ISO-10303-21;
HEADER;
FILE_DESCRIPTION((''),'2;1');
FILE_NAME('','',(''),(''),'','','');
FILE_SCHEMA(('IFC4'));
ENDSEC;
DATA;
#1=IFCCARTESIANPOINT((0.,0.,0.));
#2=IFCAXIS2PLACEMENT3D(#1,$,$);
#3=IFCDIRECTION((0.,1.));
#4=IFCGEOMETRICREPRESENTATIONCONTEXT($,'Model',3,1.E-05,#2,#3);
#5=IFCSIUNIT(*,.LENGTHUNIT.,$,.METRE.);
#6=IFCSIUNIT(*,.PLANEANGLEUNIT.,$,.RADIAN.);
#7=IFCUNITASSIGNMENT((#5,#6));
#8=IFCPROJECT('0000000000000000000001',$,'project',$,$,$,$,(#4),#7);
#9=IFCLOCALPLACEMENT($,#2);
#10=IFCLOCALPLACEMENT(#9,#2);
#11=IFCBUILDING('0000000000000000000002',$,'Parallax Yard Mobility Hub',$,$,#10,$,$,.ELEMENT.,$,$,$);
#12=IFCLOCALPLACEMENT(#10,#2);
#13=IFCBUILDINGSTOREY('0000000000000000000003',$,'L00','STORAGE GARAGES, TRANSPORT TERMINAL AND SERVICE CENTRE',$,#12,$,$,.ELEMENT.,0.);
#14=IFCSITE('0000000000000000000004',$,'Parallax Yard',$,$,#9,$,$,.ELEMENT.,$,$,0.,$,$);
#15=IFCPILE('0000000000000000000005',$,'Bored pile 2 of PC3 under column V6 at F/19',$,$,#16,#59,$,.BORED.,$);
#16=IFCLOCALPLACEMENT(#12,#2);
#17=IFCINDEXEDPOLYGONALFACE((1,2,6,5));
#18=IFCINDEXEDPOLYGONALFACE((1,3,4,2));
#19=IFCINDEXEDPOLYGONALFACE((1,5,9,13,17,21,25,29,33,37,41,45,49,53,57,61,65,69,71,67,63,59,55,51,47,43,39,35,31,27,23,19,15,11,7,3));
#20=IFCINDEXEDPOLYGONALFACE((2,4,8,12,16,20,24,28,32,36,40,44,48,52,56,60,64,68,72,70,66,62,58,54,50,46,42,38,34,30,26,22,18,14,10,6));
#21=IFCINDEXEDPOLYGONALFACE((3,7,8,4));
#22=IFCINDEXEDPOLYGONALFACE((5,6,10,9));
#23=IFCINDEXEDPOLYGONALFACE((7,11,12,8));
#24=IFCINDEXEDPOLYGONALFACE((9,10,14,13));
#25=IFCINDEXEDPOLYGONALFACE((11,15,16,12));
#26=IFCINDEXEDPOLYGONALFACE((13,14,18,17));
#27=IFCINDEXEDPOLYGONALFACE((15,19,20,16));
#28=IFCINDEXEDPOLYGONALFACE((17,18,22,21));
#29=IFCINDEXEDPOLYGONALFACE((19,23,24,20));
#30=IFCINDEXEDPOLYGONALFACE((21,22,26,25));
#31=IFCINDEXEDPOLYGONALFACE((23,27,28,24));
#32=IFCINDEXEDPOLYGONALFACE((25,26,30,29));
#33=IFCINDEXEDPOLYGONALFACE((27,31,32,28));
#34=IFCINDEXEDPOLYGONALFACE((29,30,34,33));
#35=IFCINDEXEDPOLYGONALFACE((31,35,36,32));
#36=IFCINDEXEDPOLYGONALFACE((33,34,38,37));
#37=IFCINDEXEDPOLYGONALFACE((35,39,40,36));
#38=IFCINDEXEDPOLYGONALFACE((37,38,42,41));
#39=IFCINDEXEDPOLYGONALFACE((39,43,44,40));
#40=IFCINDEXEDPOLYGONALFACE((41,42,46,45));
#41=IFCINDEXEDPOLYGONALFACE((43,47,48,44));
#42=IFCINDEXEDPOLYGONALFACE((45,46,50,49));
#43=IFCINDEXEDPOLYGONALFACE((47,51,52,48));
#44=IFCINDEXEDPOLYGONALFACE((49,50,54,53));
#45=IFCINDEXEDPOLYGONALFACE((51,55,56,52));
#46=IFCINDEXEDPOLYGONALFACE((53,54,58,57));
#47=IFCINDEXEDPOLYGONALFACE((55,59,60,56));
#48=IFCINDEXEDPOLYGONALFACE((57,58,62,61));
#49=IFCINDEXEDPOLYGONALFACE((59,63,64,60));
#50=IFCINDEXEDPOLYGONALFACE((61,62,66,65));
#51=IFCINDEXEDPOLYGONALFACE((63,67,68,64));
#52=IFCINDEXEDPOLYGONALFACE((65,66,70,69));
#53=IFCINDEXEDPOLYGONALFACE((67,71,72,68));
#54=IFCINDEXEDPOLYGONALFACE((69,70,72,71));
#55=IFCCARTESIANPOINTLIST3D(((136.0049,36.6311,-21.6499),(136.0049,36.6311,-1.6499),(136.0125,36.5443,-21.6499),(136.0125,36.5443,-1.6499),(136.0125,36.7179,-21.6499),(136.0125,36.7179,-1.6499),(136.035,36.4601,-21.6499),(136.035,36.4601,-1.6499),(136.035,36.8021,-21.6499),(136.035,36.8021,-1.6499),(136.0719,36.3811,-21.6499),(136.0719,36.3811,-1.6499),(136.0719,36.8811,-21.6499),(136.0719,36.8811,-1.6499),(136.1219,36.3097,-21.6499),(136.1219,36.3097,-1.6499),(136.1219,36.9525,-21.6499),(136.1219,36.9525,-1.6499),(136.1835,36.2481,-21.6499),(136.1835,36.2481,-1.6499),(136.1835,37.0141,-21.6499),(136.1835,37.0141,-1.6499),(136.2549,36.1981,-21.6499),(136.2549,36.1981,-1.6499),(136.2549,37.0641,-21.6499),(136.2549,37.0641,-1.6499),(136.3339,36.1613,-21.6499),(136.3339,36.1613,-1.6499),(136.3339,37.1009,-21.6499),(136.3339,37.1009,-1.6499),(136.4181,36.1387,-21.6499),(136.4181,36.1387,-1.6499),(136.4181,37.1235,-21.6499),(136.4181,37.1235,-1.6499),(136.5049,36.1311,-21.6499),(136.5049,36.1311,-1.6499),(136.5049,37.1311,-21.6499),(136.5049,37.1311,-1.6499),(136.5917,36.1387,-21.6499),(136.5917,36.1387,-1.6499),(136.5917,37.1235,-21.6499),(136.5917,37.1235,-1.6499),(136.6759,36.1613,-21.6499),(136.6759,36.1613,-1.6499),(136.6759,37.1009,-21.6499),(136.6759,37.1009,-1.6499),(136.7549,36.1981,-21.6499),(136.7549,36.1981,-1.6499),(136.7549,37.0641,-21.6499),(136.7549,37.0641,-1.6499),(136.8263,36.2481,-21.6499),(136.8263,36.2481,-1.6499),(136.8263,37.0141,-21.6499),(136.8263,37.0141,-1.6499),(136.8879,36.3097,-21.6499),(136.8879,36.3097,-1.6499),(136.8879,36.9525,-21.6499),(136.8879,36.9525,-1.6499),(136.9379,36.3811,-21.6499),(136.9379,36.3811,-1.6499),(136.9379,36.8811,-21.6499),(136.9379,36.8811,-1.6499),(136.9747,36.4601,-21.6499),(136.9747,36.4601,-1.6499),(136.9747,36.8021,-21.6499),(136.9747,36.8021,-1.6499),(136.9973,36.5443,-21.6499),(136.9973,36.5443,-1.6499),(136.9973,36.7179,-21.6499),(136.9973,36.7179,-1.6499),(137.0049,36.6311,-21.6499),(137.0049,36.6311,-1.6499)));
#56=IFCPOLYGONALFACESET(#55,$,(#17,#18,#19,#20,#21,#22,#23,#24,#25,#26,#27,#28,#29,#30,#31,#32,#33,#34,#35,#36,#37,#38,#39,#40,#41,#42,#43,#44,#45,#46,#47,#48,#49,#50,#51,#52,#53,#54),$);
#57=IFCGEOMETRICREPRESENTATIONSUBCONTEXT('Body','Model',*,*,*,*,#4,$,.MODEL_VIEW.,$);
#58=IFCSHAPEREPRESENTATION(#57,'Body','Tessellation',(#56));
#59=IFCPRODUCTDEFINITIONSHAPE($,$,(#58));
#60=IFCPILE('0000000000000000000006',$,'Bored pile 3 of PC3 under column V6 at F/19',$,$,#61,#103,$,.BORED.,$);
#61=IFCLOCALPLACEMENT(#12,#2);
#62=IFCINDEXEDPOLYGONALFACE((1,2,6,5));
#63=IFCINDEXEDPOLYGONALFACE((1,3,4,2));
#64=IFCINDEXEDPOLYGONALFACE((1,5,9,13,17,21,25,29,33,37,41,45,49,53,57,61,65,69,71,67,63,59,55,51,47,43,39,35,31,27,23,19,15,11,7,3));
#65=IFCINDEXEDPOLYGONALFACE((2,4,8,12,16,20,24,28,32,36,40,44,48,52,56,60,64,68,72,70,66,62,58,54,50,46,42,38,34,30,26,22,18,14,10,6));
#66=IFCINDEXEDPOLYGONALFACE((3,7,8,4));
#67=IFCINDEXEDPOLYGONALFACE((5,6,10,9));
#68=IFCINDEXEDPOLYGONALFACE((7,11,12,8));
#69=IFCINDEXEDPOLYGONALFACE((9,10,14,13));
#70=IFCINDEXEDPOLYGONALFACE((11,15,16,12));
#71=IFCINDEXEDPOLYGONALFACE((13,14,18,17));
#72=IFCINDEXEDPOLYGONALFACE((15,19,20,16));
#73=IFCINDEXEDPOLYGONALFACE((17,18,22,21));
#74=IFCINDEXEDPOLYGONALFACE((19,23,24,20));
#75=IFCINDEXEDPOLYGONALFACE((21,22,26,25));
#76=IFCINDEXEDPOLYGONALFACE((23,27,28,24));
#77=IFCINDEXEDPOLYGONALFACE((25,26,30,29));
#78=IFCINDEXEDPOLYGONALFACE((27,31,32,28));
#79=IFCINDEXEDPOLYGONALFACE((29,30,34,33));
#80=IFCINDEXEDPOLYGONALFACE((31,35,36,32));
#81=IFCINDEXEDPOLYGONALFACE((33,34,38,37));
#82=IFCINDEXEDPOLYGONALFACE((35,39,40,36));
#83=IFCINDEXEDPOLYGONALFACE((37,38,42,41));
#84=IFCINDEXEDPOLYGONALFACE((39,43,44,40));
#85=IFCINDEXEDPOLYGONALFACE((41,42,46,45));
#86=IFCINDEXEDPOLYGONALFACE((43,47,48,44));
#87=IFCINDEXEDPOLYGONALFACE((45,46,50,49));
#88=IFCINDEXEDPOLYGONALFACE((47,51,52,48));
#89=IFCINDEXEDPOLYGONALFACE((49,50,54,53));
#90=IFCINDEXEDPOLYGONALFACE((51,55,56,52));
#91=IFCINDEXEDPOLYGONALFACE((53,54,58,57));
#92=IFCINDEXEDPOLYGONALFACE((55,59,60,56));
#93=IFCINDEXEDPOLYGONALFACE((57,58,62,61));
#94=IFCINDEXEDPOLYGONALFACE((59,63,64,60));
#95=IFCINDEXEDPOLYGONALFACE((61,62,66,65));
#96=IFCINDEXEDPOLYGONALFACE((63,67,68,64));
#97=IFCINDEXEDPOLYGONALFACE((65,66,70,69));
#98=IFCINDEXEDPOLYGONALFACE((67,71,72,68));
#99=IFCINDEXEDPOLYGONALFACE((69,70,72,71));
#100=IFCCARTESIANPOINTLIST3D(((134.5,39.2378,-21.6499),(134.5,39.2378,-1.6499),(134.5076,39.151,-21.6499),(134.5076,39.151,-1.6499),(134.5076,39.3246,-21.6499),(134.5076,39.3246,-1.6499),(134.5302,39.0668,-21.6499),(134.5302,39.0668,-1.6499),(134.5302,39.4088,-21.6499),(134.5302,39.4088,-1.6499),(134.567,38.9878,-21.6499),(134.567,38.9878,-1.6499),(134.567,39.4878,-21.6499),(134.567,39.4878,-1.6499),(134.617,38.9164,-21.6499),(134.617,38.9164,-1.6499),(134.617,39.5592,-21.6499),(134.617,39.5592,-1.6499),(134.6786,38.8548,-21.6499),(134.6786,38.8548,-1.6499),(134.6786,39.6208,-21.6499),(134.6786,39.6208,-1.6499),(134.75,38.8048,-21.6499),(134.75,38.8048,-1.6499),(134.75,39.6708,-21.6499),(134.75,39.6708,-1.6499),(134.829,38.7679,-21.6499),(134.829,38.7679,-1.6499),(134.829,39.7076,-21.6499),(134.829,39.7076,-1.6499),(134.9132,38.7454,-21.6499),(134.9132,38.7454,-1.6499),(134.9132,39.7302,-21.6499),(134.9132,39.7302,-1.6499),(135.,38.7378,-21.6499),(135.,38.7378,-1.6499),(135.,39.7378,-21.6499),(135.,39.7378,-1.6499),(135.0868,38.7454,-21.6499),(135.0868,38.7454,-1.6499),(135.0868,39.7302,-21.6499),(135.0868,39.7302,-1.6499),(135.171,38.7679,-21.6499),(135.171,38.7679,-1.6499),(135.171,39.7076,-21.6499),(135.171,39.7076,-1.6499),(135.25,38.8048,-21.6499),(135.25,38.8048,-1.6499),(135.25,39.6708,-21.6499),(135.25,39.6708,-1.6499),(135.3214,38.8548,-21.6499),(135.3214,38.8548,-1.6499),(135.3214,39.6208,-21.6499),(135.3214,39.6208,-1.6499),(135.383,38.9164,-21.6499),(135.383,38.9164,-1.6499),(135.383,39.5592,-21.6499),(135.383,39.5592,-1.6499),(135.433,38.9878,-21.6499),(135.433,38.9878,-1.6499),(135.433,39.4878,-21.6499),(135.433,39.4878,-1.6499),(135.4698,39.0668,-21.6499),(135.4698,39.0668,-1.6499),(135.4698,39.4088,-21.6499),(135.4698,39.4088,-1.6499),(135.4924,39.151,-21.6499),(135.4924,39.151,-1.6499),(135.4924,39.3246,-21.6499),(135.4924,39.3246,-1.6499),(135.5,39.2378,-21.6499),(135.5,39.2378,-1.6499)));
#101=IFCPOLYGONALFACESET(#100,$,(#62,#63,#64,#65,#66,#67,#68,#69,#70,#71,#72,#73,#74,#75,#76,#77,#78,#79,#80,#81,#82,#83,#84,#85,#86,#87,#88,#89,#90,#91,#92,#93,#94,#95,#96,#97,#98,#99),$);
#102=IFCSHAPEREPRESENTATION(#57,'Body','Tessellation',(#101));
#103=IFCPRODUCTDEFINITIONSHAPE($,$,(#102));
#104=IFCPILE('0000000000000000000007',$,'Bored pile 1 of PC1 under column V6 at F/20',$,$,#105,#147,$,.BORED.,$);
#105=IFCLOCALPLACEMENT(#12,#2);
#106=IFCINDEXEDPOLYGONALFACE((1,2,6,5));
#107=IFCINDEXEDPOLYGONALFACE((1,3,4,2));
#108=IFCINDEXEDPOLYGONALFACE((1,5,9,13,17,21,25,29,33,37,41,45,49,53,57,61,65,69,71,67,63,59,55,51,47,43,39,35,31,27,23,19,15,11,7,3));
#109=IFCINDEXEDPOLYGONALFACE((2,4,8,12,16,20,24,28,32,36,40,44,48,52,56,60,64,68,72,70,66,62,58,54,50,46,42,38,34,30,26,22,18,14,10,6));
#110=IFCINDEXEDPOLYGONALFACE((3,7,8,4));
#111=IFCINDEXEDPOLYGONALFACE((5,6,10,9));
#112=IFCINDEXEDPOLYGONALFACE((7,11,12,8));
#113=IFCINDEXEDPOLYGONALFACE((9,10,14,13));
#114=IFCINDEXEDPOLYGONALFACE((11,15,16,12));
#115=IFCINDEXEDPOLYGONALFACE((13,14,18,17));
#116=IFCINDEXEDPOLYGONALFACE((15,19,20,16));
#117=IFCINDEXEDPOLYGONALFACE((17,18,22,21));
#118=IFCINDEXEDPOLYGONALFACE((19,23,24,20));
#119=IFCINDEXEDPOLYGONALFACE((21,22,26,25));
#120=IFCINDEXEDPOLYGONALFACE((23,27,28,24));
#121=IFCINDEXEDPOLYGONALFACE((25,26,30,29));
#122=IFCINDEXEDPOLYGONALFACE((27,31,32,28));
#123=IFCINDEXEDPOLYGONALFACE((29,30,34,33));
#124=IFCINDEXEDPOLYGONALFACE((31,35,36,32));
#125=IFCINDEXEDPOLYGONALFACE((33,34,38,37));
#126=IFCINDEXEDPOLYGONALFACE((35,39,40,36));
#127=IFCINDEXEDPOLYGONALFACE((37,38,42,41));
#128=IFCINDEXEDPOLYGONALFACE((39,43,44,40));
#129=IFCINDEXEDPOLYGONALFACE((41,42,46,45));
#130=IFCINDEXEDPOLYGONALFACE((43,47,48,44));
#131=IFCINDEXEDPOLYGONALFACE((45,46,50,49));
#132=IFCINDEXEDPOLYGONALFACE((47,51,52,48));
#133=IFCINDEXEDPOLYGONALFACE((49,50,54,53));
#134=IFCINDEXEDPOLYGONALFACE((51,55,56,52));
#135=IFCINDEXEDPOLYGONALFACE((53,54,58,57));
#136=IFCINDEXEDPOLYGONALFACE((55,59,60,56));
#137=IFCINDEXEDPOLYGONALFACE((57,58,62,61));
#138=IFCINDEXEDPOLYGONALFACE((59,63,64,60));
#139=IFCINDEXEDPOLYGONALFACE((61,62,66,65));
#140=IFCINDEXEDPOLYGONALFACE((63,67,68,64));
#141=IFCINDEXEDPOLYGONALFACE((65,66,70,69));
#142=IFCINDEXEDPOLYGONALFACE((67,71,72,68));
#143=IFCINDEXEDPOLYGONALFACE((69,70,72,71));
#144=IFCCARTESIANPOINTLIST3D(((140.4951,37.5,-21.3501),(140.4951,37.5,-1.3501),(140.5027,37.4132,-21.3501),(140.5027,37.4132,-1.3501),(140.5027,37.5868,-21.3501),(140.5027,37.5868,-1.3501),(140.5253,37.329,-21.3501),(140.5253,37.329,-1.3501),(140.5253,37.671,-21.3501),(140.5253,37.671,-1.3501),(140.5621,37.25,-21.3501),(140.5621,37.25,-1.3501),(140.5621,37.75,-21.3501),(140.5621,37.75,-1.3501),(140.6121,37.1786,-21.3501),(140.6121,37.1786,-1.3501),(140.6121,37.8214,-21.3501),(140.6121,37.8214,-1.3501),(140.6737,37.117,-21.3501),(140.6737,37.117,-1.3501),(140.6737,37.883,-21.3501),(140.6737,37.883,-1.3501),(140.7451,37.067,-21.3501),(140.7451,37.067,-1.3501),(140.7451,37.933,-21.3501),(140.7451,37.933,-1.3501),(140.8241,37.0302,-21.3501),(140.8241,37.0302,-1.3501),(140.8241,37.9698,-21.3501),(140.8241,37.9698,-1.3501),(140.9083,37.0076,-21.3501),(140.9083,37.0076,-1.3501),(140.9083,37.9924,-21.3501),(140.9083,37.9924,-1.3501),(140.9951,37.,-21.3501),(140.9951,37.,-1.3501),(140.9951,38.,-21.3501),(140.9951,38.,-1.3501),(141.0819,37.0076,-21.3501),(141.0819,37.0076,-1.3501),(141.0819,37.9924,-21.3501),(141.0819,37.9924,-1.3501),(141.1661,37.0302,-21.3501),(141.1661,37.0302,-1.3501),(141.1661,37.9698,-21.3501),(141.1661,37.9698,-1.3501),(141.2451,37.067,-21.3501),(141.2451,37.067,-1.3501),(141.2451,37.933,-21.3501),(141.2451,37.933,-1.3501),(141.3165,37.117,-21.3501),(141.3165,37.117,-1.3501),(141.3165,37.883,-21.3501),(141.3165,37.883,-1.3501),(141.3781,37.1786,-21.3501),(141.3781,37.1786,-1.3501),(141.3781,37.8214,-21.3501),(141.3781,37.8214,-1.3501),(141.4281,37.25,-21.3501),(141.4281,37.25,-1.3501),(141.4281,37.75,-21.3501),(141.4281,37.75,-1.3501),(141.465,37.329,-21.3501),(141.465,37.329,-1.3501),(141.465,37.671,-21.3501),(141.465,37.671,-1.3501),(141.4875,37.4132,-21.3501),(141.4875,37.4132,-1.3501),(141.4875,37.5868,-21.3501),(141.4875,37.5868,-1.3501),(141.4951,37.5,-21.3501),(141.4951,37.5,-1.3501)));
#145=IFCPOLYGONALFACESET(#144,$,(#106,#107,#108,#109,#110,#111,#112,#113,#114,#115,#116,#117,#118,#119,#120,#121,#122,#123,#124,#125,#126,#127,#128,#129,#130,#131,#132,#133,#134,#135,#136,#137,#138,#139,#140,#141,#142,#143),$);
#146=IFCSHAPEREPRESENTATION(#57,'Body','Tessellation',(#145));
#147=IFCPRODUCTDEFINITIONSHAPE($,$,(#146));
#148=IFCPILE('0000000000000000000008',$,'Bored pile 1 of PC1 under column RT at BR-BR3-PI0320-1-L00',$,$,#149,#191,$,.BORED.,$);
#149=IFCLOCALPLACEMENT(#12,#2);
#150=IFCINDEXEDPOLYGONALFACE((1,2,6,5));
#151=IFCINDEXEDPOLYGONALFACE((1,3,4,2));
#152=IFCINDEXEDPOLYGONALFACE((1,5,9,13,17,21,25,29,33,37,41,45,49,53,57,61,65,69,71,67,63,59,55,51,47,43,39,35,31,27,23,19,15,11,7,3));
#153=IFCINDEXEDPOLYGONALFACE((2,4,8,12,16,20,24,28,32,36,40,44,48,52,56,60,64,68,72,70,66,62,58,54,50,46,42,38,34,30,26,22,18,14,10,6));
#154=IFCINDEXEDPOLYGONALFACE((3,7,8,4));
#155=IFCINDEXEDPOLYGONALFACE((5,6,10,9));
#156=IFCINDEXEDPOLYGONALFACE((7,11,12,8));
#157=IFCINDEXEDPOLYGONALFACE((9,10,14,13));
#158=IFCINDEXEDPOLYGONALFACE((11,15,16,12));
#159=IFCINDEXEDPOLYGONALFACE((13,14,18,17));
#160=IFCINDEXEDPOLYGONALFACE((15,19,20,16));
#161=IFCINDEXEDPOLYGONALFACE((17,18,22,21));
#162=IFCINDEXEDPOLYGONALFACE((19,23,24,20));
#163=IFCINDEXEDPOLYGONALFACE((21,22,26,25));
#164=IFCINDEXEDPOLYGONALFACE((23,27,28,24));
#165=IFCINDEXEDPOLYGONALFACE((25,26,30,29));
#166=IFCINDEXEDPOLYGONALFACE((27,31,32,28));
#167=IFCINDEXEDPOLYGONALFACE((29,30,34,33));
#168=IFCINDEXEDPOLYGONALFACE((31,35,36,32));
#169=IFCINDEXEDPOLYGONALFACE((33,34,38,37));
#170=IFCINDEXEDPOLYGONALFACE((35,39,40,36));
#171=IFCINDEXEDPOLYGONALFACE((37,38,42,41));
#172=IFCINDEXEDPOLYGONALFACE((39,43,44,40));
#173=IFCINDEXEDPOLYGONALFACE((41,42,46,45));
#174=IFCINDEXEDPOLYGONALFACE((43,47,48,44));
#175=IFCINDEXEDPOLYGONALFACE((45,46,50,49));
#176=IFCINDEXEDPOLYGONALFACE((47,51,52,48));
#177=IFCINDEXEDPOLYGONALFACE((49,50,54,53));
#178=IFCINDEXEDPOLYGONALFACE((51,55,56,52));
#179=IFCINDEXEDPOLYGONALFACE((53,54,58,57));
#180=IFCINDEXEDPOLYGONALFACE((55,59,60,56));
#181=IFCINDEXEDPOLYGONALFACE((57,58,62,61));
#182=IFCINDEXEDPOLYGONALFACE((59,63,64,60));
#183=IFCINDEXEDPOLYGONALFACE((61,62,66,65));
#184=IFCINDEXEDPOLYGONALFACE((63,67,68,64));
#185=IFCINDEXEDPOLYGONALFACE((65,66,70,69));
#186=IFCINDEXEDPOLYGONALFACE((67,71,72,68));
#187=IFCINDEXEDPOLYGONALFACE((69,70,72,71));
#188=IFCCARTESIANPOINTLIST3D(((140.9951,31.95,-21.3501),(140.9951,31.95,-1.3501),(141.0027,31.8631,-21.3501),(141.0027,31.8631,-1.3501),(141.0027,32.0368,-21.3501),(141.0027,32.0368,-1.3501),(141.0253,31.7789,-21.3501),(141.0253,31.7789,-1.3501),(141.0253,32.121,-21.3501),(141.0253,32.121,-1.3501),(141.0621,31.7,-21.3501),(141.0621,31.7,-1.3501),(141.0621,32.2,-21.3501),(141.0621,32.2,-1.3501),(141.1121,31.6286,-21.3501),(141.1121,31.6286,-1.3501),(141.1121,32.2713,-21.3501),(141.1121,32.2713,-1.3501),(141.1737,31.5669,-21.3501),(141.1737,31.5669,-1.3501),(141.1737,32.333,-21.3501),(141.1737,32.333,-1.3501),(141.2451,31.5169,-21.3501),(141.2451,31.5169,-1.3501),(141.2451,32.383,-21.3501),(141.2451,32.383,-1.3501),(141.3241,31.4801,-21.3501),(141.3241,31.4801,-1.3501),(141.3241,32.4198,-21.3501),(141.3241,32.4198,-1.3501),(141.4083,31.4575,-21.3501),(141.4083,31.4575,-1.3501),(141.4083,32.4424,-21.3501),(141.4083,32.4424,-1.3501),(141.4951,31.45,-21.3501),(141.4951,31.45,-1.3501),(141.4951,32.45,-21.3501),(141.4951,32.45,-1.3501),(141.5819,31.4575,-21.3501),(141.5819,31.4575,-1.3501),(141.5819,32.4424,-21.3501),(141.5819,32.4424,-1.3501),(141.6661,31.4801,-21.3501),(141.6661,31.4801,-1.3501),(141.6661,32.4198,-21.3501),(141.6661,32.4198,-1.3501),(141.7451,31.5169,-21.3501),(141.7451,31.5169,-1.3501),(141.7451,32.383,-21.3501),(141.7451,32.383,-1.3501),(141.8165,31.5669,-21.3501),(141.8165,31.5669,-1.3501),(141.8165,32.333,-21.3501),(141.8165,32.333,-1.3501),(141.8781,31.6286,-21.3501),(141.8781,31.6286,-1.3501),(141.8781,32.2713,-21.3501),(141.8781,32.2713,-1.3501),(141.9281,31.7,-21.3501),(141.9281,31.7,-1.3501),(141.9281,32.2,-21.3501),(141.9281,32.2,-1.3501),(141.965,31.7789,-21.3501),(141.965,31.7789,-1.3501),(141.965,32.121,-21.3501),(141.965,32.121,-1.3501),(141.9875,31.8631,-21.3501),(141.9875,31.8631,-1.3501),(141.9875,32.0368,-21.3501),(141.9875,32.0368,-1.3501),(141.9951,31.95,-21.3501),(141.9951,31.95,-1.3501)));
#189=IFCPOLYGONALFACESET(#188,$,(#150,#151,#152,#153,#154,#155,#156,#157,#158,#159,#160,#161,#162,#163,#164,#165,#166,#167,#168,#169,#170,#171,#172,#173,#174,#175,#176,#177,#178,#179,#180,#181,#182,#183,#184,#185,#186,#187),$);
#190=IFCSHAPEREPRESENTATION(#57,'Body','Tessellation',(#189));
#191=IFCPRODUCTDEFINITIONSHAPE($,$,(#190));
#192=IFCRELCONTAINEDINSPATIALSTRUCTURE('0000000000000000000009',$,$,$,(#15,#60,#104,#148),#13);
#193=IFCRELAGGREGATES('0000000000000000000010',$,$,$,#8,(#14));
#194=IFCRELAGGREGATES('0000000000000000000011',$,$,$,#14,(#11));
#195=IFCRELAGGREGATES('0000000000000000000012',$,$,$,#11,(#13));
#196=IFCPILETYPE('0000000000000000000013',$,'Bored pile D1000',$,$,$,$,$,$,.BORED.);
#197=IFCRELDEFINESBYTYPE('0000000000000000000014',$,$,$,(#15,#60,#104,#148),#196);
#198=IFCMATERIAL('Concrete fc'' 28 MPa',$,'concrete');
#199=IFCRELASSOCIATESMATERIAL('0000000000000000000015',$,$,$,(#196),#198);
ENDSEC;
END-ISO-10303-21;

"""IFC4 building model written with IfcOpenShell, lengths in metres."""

from ifc_helpers import new_model, si_unit, direction, frame, origin, origin_2d, place, context, subcontext, project, spatial, circle, extrude, material, material_profile, profile_set, type_object, element, save


model = new_model("IFC4")

# Units and contexts
model_context = context("Model", 3, precision=1e-05, world=origin(), true_north=direction((0.0, 1.0)))
body_context = subcontext(model_context, "Body", "Model", "MODEL_VIEW")
ifc_project = project(units=[si_unit("LENGTHUNIT", "METRE"), si_unit("PLANEANGLEUNIT", "RADIAN")], contexts=[model_context])

# Site, building, storey
site_placement = place(None, origin())
site = spatial("IfcSite", under=ifc_project, at=site_placement, Name="Parallax Yard", CompositionType="ELEMENT", RefElevation=0.0)
building_placement = place(site_placement, origin())
building = spatial("IfcBuilding", under=site, at=building_placement, Name="Parallax Yard Mobility Hub", CompositionType="ELEMENT")
storey_placement = place(building_placement, origin())
storey = spatial("IfcBuildingStorey", under=building, at=storey_placement, Name="L00", Description="STORAGE GARAGES, TRANSPORT TERMINAL AND SERVICE CENTRE", CompositionType="ELEMENT", Elevation=0.0)

# Piles
ifc_material_1 = material(Name="Concrete fc' 28 MPa", Category="concrete")
ifc_material_profile_1 = material_profile(ifc_material_1, circle(Radius=0.5, at=origin_2d()), Name="Bored pile D1000")
ifc_profile_set_1 = profile_set([ifc_material_profile_1], Name="Concrete fc' 28 MPa")
pile_type = type_object("IfcPileType", Name="Bored pile D1000", PredefinedType="BORED", material=ifc_profile_set_1)
for number, where, z_axis, x_axis, name in (
    (1, (136.5049, 36.6311, -1.6499), (0.0, 0.0, -1.0), (1.0, 0.0, 0.0), "Bored pile 2 of PC3 under column V6 at F/19"),
    (2, (135.0, 39.2378, -1.6499), (0.0, 0.0, -1.0), (1.0, 0.0, 0.0), "Bored pile 3 of PC3 under column V6 at F/19"),
    (3, (140.9951, 37.5, -1.3501), (0.0, 0.0, -1.0), (1.0, 0.0, 0.0), "Bored pile 1 of PC1 under column V6 at F/20"),
    (4, (141.4951, 31.95, -1.3501), (0.0, 0.0, -1.0), (1.0, 0.0, 0.0), "Bored pile 1 of PC1 under column RT at BR-BR3-PI0320-1-L00"),
):
    element("IfcPile", number, at=place(storey_placement, frame(where, z_axis=z_axis, x_axis=x_axis)), inside=storey, type_object=pile_type, Name=name, PredefinedType="BORED", context=body_context, shape_type="SweptSolid", body=[
        extrude(circle(Radius=0.5, at=origin_2d()), origin(), (0.0, 0.0, 1.0), 20.0),
    ])

save(model, "model.ifc")
